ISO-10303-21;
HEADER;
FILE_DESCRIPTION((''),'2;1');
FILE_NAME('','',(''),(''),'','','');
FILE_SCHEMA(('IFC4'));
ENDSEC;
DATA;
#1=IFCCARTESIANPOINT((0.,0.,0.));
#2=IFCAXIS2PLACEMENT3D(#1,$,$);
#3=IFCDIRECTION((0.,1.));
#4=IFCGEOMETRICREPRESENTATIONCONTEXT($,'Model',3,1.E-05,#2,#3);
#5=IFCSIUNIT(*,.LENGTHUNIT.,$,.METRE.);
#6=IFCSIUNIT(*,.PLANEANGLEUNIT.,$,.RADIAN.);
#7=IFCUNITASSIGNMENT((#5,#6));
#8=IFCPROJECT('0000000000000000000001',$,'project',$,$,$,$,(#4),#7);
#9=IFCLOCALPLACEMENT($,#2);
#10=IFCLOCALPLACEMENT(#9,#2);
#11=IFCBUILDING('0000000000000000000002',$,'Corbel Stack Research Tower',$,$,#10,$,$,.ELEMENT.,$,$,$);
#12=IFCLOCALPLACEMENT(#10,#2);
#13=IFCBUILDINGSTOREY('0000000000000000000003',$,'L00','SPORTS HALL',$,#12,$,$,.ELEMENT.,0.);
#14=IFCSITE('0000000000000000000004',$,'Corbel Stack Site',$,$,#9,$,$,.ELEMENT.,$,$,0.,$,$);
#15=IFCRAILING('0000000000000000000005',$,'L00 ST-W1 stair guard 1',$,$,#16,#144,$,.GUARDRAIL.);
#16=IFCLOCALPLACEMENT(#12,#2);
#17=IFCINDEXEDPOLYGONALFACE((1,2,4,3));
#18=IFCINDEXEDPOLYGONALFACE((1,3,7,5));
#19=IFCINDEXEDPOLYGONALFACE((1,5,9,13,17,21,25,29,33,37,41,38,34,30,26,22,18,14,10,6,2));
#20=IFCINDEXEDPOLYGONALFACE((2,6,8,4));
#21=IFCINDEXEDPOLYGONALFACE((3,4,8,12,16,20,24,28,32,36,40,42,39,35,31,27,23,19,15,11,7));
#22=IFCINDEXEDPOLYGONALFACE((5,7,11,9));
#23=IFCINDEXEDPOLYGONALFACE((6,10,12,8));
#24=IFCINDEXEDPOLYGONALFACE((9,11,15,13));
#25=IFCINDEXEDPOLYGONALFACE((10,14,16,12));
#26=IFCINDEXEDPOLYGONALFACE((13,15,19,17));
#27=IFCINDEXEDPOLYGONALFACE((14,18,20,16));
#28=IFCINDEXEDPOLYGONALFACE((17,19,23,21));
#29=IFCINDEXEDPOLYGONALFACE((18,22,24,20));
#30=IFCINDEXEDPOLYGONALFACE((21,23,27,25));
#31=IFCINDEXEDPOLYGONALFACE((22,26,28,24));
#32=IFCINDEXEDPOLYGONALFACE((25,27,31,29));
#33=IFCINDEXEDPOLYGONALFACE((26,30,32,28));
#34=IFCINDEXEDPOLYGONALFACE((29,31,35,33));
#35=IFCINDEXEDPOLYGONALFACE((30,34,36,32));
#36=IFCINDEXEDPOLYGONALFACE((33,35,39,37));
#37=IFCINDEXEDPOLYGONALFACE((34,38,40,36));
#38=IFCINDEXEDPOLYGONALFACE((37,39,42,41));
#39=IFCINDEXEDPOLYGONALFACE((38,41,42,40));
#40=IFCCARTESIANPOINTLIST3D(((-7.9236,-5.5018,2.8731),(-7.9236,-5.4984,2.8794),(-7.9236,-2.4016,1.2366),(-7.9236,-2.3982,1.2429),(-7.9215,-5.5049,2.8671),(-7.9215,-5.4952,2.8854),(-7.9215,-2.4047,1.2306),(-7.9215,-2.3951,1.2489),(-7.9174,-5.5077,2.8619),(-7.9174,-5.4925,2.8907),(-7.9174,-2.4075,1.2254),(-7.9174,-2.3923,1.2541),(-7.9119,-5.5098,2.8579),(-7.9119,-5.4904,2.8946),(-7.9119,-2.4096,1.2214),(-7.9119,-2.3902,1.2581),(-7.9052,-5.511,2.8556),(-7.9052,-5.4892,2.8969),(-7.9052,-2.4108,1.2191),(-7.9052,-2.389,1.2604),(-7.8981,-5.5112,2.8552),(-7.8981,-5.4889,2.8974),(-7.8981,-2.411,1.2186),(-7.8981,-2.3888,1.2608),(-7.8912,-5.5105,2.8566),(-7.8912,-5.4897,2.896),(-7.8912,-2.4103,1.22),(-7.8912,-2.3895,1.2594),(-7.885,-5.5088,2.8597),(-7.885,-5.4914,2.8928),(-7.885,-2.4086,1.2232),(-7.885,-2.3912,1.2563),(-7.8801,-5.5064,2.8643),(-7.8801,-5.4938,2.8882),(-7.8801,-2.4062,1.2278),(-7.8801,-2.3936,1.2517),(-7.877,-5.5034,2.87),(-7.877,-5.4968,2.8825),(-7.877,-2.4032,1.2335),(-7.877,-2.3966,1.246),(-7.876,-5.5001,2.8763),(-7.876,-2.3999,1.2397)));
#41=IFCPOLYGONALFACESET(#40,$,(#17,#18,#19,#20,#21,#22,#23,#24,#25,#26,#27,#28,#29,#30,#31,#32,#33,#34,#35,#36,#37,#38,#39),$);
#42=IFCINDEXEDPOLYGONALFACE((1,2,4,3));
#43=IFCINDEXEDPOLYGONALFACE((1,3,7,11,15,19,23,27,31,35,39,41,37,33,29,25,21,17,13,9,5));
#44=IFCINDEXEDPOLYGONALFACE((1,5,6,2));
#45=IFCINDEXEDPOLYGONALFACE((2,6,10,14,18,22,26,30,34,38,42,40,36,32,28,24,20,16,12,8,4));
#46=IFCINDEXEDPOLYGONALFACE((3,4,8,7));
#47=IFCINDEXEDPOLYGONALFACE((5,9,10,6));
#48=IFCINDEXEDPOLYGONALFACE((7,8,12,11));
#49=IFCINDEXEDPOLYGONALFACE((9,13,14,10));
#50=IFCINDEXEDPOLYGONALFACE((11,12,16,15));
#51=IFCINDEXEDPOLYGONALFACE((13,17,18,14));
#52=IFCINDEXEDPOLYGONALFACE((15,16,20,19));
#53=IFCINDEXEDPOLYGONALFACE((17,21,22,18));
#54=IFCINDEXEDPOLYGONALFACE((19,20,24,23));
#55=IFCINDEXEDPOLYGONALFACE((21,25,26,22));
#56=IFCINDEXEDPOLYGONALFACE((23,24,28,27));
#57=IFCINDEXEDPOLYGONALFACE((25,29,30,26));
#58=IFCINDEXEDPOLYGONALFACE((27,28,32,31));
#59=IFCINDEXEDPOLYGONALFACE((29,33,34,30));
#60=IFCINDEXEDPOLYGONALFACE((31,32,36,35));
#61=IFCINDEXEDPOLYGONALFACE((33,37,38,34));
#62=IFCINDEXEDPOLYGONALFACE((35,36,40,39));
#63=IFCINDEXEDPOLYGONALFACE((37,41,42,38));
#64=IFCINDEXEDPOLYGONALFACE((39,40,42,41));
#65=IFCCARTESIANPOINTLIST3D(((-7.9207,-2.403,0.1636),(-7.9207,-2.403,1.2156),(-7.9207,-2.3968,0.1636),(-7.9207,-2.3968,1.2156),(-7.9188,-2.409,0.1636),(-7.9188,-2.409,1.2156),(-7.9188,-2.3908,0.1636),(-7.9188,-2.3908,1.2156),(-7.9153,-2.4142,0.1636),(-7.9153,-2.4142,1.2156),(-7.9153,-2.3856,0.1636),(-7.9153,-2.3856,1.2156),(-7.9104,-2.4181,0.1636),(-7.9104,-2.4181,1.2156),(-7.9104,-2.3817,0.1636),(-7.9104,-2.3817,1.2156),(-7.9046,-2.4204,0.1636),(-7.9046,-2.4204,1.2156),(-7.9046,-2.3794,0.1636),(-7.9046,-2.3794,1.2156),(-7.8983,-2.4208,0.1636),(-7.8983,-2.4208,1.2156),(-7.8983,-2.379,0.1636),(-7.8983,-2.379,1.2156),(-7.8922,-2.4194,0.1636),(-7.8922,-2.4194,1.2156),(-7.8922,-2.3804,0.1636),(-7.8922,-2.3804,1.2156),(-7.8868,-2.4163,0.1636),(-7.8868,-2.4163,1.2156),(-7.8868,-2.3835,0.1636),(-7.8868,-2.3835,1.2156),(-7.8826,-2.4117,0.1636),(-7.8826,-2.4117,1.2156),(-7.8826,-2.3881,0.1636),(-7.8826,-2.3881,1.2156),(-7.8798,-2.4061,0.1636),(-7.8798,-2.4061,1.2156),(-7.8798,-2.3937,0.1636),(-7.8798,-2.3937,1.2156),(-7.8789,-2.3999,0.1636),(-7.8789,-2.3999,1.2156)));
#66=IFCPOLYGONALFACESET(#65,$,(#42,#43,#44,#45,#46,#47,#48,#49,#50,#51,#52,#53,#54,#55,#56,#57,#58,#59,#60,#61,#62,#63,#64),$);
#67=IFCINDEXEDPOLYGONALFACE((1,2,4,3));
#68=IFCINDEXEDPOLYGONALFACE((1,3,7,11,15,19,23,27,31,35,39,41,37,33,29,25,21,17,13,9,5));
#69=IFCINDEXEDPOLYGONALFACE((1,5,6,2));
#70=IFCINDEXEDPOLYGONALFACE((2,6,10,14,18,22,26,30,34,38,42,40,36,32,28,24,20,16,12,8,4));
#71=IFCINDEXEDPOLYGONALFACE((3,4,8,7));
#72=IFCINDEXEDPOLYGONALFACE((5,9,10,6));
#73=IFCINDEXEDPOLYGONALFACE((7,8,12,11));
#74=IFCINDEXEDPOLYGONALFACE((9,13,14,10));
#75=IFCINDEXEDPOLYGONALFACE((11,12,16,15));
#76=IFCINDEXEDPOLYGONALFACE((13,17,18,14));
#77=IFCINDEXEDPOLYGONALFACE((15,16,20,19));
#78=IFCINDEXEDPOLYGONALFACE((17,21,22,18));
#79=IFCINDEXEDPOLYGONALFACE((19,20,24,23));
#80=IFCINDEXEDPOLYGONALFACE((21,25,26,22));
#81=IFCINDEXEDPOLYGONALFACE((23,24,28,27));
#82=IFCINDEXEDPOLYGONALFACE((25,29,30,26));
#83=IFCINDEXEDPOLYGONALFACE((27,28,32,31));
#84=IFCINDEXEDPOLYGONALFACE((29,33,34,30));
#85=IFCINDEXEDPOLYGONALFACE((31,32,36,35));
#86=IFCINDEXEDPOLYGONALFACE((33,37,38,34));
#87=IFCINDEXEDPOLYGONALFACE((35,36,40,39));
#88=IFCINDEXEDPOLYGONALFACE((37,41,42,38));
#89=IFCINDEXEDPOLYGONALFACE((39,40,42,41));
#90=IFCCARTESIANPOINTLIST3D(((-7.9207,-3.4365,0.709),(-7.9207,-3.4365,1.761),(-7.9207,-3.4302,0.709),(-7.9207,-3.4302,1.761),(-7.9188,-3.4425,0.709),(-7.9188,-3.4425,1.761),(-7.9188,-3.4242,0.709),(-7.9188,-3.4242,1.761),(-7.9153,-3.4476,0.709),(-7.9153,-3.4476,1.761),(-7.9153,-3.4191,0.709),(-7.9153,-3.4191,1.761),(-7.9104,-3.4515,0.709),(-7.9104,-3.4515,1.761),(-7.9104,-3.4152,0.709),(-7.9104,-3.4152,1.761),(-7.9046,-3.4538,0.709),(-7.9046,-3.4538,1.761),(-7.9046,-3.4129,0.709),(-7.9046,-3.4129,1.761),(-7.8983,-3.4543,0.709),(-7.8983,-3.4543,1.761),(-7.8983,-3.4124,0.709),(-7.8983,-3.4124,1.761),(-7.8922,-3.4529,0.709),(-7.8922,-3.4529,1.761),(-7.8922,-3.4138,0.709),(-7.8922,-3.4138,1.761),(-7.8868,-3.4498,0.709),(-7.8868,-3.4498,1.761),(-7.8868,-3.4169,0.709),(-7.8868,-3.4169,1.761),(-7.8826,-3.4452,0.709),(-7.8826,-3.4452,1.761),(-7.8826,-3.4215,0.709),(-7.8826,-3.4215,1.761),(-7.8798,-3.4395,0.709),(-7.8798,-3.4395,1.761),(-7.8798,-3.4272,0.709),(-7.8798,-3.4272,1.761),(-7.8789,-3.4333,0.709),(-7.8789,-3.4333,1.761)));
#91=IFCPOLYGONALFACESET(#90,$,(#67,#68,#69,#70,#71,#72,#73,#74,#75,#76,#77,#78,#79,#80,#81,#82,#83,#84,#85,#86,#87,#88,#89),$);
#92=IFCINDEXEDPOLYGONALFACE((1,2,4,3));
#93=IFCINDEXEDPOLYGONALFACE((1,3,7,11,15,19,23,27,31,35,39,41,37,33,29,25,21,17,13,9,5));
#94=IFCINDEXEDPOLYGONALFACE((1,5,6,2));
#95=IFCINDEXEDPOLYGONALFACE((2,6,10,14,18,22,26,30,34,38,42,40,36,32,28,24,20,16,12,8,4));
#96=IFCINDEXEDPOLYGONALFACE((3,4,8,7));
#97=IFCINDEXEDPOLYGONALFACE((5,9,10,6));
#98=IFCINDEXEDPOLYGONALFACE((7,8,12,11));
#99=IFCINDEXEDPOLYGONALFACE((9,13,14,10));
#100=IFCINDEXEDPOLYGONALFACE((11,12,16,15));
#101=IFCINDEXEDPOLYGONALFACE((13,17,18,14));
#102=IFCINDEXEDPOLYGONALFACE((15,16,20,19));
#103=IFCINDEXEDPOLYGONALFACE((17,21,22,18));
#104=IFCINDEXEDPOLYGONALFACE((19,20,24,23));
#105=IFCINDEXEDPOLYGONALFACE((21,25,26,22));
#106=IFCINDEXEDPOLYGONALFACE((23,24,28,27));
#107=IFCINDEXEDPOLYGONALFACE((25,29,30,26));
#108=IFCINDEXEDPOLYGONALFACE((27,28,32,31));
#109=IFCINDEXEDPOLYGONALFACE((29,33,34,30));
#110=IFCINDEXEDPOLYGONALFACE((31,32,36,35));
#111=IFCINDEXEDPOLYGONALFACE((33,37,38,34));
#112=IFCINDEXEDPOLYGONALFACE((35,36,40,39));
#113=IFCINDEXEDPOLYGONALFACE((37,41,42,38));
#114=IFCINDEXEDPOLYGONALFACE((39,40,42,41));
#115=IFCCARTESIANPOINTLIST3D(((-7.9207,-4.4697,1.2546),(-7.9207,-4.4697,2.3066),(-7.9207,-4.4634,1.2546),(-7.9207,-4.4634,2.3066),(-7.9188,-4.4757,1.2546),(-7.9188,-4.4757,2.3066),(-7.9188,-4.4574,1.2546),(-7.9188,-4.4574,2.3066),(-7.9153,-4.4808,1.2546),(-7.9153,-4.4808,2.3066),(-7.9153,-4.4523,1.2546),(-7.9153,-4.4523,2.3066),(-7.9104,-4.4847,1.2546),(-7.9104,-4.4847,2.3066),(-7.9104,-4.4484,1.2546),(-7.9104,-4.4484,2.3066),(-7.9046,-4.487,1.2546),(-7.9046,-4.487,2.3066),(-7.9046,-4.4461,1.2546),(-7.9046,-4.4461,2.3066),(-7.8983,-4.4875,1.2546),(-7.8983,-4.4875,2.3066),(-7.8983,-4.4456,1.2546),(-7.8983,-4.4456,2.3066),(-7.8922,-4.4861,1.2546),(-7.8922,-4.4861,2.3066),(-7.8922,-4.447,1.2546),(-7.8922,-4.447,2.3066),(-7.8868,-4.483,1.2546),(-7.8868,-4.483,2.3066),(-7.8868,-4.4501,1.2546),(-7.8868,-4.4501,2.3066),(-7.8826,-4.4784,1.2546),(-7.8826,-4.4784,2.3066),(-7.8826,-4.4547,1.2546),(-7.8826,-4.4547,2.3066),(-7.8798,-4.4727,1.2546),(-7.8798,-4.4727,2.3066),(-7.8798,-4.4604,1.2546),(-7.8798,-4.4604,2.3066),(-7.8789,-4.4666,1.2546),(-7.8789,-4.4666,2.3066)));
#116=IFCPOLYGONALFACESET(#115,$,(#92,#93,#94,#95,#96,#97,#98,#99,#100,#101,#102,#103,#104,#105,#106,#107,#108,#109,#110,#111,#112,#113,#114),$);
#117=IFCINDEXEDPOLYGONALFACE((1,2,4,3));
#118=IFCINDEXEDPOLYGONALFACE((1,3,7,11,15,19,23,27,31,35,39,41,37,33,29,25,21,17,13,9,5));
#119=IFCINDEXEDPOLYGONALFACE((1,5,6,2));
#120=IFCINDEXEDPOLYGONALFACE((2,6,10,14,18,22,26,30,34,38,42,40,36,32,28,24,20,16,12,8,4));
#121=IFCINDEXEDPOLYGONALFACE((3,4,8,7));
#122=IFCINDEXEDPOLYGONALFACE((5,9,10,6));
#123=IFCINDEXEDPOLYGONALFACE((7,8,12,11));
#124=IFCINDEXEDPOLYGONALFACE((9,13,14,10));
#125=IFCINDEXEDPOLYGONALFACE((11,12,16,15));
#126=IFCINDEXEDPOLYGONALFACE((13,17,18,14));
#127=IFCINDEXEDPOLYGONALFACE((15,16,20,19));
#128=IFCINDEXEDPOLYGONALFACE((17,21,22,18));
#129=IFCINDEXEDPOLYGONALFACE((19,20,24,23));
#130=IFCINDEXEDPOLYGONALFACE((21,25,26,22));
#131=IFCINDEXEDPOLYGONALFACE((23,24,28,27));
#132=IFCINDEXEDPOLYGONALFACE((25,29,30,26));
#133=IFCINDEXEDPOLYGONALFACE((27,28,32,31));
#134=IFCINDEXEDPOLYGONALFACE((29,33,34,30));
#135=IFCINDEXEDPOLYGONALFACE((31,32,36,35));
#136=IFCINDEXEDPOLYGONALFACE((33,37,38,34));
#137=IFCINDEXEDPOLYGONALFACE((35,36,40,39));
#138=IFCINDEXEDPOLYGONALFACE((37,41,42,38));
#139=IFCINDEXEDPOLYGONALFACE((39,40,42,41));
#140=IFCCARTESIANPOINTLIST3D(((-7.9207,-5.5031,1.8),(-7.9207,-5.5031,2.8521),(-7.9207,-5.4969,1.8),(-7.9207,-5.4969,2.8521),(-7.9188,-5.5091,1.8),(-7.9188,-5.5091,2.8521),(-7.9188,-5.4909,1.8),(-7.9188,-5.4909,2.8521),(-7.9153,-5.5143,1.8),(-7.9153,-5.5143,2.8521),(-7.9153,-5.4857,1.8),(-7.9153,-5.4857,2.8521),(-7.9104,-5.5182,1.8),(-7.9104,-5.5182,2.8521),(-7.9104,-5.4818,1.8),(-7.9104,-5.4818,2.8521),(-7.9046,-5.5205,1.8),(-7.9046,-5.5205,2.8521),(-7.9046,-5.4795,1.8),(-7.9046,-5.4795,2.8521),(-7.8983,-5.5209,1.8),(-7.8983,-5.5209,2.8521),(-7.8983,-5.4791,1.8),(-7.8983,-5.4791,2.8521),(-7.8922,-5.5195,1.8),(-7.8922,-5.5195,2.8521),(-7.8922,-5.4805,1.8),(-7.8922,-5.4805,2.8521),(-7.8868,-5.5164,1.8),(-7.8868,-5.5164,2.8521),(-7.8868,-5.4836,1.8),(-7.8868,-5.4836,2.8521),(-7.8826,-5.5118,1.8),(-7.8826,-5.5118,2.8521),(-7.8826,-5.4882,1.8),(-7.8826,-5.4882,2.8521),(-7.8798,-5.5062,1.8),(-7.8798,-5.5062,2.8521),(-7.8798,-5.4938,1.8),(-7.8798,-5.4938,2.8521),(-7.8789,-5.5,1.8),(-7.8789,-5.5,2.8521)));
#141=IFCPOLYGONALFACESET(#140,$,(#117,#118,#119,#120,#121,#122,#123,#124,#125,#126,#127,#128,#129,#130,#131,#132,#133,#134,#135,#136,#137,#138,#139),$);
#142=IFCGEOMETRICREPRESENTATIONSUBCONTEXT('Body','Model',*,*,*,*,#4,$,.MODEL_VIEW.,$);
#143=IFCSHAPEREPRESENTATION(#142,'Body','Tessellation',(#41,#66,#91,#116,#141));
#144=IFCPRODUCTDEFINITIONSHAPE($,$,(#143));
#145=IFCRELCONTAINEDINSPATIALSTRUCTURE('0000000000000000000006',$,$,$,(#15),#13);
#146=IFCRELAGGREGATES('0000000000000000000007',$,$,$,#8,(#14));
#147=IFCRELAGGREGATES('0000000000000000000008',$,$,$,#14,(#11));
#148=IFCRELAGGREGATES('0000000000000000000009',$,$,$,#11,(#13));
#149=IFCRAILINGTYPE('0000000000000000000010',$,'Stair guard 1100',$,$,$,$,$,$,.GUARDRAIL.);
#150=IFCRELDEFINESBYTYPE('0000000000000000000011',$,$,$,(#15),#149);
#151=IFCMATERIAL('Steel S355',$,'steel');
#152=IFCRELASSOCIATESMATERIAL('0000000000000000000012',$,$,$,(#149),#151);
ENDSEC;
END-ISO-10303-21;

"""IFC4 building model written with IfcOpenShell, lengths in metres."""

from ifc_helpers import new_model, si_unit, direction, frame, origin, origin_2d, place, context, subcontext, project, spatial, circle, extrude, material, type_object, element, save


model = new_model("IFC4")

# Units and contexts
model_context = context("Model", 3, precision=1e-05, world=origin(), true_north=direction((0.0, 1.0)))
body_context = subcontext(model_context, "Body", "Model", "MODEL_VIEW")
ifc_project = project(units=[si_unit("LENGTHUNIT", "METRE"), si_unit("PLANEANGLEUNIT", "RADIAN")], contexts=[model_context])

# Site, building, storey
site_placement = place(None, origin())
site = spatial("IfcSite", under=ifc_project, at=site_placement, Name="Corbel Stack Site", CompositionType="ELEMENT", RefElevation=0.0)
building_placement = place(site_placement, origin())
building = spatial("IfcBuilding", under=site, at=building_placement, Name="Corbel Stack Research Tower", CompositionType="ELEMENT")
storey_placement = place(building_placement, origin())
storey = spatial("IfcBuildingStorey", under=building, at=storey_placement, Name="L00", Description="SPORTS HALL", CompositionType="ELEMENT", Elevation=0.0)

# Railing
ifc_material_1 = material(Name="Steel S355", Category="steel")
railing_type_1 = type_object("IfcRailingType", Name="Stair guard 1100", PredefinedType="GUARDRAIL", material=ifc_material_1)
railing_1_placement = place(storey_placement, frame((-7.8999, -2.3999, 0.1636)))
element("IfcRailing", 1, at=railing_1_placement, inside=storey, type_object=railing_type_1, Name="L00 ST-W1 stair guard 1", PredefinedType="GUARDRAIL", context=body_context, shape_type="SweptSolid", body=[
    extrude(circle(Radius=0.0239, at=origin_2d()), frame((0.0, 0.0, 1.0762), z_axis=(0.0, -0.884348, 0.466828), x_axis=(1.0, 0.0, 0.0)), (0.0, 0.0, 1.0), 3.5056),
    extrude(circle(Radius=0.021, at=origin_2d()), origin(), (0.0, 0.0, 1.0), 1.052),
    extrude(circle(Radius=0.021, at=origin_2d()), frame((0.0, -1.0334, 0.5454)), (0.0, 0.0, 1.0), 1.052),
    extrude(circle(Radius=0.021, at=origin_2d()), frame((0.0, -2.0667, 1.0911)), (0.0, 0.0, 1.0), 1.052),
    extrude(circle(Radius=0.021, at=origin_2d()), frame((0.0, -3.1001, 1.6365)), (0.0, 0.0, 1.0), 1.052),
])

save(model, "model.ifc")
